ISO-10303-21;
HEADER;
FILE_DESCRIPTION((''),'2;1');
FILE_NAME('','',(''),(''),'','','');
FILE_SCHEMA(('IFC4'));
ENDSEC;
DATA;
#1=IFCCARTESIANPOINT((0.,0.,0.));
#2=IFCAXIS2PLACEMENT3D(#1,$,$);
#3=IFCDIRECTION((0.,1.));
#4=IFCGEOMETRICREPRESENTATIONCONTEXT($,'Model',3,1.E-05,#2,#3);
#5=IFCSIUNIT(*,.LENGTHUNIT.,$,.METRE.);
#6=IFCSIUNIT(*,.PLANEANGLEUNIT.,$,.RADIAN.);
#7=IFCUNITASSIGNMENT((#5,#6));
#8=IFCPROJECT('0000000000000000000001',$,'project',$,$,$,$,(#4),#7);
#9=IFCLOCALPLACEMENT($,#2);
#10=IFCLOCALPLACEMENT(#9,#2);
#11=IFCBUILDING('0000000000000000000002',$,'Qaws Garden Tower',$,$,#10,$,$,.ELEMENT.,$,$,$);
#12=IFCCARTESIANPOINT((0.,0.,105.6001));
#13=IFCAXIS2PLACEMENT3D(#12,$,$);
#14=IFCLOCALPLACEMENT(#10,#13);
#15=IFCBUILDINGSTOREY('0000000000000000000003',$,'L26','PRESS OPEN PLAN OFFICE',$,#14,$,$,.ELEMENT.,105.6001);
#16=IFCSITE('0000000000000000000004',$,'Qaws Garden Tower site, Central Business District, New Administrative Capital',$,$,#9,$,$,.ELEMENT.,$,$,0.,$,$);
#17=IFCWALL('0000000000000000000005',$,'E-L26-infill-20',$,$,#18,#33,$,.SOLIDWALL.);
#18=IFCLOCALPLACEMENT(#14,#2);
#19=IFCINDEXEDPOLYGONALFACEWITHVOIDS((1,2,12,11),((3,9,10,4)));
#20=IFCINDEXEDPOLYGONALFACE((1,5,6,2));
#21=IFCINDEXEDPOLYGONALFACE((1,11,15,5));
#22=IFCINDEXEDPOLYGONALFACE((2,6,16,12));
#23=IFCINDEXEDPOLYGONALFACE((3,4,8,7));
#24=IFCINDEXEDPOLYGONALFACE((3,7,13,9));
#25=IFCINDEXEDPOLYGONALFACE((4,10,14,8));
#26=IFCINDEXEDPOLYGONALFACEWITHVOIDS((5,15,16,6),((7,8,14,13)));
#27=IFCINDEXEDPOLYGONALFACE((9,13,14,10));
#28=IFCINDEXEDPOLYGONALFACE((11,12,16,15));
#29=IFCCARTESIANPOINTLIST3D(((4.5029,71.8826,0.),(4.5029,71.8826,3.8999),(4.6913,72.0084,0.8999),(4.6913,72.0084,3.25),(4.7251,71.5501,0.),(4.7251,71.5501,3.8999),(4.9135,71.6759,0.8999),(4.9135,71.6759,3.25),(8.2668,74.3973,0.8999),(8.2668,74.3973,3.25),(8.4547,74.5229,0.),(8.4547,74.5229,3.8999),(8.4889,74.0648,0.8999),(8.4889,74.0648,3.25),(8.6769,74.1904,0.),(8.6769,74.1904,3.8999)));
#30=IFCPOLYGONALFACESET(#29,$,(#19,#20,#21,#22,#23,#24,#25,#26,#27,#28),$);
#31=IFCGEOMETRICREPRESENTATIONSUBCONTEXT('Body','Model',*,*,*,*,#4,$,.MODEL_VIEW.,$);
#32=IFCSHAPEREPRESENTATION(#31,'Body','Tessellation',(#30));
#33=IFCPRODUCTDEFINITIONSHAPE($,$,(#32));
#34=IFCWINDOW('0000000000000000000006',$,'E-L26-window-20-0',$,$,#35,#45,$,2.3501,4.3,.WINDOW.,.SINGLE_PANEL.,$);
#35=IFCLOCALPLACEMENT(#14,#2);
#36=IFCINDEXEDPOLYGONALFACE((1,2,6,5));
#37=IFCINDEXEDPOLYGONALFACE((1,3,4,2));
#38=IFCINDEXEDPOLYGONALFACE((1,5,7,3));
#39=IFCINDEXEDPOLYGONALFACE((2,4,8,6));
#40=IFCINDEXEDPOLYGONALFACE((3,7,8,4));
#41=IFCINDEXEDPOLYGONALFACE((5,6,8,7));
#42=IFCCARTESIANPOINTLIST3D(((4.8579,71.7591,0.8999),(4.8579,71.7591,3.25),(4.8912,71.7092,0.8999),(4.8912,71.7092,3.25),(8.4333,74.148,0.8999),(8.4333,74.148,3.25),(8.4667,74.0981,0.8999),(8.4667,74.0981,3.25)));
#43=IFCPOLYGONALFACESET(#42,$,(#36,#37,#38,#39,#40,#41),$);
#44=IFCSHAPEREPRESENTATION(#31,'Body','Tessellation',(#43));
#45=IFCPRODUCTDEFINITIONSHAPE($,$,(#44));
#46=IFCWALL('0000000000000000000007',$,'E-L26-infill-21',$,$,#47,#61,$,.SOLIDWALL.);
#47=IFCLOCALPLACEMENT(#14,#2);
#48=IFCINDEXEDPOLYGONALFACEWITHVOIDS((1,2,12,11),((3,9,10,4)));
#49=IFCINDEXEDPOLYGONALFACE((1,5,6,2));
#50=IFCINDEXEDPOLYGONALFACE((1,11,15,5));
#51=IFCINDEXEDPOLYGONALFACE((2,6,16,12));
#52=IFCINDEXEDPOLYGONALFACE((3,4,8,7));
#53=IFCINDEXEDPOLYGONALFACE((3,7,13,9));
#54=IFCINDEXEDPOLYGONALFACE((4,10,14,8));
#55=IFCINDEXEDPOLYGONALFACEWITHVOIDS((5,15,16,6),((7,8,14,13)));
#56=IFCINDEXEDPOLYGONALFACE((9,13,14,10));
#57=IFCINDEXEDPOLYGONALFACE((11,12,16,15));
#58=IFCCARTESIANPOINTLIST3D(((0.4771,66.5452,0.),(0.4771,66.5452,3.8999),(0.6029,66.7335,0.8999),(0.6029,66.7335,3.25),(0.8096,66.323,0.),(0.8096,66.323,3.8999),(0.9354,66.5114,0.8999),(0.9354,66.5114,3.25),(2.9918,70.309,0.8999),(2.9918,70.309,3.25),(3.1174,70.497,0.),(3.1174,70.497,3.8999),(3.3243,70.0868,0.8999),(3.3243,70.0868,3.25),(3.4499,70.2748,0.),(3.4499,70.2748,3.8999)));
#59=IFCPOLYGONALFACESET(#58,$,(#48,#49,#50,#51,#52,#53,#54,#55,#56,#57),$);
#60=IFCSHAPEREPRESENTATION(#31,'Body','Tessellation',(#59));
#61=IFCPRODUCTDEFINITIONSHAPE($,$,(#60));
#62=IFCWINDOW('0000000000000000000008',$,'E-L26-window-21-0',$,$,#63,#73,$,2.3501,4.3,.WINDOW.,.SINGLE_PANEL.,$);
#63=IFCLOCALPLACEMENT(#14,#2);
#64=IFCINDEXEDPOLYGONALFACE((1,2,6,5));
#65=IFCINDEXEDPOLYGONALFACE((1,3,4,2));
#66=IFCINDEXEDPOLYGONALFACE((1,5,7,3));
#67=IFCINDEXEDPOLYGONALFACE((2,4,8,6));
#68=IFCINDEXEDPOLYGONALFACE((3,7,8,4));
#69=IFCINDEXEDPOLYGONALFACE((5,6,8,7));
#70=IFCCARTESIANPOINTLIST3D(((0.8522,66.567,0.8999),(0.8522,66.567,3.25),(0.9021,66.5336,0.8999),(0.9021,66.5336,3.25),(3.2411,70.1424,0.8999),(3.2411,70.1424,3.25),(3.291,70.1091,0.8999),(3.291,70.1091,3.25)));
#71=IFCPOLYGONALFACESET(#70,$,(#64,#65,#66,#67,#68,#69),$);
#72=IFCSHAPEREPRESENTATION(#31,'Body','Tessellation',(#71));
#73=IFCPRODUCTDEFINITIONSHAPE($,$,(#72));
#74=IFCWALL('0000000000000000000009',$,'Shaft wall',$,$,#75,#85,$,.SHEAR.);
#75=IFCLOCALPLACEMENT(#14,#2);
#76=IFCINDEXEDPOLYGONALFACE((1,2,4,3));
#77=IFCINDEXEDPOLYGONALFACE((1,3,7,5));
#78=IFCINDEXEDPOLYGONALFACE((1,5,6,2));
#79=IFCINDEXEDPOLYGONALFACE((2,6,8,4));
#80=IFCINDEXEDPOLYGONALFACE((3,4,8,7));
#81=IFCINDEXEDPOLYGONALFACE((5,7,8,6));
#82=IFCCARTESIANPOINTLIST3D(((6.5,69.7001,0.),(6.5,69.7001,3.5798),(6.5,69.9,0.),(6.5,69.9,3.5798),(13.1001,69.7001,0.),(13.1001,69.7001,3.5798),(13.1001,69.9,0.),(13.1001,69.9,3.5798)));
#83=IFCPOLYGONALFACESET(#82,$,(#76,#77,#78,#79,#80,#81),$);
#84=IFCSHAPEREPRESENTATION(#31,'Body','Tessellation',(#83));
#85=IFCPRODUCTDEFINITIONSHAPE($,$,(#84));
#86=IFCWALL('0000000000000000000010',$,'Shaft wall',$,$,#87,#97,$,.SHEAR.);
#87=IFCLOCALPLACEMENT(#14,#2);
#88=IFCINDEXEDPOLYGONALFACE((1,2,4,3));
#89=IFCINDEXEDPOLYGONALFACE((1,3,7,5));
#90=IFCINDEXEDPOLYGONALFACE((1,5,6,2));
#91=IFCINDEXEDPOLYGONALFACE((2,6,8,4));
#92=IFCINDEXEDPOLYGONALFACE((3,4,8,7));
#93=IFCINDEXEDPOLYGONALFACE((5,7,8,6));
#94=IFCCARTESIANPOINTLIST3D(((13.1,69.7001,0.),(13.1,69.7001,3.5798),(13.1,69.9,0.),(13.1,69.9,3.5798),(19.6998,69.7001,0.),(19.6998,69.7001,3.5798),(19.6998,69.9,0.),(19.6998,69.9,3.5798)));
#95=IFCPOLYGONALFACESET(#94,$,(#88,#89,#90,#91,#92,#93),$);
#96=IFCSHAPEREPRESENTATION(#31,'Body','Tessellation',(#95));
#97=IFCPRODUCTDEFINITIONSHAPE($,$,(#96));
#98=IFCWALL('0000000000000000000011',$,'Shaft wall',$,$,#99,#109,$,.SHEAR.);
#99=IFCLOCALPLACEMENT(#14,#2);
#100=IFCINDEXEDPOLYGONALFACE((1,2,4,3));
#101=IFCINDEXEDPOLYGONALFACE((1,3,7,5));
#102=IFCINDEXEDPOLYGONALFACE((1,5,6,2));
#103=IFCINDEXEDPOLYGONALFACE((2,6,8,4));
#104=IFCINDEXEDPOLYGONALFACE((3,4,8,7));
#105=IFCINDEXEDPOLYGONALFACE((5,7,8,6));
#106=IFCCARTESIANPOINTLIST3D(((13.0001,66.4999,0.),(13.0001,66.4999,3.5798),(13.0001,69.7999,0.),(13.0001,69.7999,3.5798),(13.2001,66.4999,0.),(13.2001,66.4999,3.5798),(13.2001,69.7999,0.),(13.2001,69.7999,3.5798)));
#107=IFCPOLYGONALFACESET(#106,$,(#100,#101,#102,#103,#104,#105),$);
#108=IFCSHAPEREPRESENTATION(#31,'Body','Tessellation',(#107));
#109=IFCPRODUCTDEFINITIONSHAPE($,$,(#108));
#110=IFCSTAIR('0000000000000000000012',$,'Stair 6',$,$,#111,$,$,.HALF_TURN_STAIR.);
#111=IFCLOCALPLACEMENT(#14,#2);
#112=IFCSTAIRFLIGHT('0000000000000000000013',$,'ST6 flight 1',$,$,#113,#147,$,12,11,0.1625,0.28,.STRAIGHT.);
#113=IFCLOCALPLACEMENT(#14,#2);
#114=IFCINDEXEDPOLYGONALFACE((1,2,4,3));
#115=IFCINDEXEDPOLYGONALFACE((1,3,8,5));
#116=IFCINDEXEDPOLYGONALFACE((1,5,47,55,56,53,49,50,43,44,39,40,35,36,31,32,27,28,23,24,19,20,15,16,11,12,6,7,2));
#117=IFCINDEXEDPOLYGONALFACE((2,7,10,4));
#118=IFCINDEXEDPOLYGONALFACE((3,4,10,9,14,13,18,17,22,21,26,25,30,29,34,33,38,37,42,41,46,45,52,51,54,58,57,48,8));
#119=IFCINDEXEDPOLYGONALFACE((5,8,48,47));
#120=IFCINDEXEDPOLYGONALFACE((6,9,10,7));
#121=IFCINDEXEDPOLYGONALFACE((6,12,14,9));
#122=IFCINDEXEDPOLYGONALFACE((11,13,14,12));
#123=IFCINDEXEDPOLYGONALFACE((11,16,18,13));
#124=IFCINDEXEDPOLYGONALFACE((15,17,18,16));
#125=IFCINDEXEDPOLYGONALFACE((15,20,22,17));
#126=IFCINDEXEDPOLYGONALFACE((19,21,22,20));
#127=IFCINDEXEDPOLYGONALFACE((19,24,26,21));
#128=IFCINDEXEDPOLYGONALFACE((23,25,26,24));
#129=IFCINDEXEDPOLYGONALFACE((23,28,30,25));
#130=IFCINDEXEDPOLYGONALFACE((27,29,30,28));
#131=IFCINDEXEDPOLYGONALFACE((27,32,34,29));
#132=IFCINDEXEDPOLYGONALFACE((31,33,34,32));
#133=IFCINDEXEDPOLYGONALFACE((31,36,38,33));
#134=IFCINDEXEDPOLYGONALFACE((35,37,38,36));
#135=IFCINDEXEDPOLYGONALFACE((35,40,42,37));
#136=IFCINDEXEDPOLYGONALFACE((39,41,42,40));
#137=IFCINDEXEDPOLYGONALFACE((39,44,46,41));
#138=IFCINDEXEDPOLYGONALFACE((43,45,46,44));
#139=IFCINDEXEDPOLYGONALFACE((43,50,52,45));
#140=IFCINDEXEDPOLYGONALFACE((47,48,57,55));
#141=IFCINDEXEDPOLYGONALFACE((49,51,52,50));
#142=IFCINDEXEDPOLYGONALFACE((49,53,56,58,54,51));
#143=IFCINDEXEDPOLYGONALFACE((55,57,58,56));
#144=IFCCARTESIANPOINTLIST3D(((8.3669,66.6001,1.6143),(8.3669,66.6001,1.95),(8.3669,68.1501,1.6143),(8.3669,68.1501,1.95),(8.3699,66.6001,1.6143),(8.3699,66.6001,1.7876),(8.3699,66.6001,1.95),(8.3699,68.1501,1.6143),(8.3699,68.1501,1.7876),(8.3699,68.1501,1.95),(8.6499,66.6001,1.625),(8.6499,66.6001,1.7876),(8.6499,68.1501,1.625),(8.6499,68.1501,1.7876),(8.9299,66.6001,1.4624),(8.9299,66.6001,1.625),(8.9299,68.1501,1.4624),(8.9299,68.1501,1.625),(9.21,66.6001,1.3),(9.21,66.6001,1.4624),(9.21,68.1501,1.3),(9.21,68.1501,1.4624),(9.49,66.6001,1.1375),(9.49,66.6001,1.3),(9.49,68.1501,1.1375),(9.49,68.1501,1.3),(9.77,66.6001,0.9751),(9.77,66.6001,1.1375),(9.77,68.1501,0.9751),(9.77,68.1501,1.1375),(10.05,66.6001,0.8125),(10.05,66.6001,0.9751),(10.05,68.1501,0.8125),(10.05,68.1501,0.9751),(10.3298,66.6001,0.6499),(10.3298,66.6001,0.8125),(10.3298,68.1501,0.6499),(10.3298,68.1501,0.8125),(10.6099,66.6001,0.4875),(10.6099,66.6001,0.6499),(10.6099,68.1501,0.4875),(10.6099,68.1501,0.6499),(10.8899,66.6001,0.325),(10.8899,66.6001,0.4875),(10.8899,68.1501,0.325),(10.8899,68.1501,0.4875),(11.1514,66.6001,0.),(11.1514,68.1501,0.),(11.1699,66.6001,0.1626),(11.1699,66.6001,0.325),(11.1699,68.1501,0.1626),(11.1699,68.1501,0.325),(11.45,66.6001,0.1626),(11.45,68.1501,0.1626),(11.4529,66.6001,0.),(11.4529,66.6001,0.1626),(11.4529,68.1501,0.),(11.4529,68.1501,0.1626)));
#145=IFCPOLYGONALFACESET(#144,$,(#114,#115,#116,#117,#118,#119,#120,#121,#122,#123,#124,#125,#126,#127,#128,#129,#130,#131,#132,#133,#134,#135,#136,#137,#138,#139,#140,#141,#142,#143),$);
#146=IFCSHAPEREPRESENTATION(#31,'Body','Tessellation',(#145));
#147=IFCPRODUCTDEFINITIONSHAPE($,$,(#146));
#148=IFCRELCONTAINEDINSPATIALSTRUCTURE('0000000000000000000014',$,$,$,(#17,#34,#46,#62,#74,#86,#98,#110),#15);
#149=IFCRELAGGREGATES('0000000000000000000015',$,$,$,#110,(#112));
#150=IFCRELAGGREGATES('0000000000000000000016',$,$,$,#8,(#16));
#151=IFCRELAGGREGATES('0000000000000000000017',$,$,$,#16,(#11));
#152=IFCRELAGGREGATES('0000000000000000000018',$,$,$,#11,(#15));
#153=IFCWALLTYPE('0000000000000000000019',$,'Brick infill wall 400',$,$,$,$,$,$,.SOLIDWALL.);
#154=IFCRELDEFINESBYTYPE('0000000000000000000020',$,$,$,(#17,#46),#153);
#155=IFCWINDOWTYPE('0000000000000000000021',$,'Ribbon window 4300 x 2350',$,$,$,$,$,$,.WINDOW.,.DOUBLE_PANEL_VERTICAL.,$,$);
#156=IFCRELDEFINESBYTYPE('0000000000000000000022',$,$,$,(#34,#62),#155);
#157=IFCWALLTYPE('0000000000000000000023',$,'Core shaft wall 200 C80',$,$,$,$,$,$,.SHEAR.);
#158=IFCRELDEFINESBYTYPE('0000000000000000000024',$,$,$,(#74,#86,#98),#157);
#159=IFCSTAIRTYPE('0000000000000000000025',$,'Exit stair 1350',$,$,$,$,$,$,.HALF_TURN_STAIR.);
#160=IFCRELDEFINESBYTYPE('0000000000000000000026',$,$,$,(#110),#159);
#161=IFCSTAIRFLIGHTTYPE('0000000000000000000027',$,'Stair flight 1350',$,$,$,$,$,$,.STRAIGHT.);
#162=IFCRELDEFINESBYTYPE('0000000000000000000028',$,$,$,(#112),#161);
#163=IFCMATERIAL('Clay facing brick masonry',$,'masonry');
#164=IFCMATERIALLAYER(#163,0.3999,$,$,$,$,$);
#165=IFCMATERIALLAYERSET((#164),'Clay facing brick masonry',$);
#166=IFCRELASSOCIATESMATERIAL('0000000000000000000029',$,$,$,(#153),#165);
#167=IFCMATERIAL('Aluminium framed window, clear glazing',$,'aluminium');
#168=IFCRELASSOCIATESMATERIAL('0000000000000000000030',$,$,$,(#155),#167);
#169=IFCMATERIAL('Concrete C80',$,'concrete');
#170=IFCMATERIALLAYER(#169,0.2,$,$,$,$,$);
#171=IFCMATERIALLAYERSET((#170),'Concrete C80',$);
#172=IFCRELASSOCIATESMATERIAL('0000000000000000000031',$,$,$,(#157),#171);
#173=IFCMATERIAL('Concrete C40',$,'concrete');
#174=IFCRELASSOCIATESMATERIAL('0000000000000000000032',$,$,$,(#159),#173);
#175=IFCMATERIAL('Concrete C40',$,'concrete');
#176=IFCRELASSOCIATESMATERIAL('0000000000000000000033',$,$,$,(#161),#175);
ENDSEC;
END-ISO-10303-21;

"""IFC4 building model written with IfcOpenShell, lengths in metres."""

from ifc_helpers import new_model, si_unit, direction, frame, frame_2d, origin, place, context, subcontext, project, spatial, polyline, rectangle, outline, extrude, material, layer, layer_set, type_object, element, fill, aggregate, save


model = new_model("IFC4")

# Units and contexts
model_context = context("Model", 3, precision=1e-05, world=origin(), true_north=direction((0.0, 1.0)))
body_context = subcontext(model_context, "Body", "Model", "MODEL_VIEW")
ifc_project = project(units=[si_unit("LENGTHUNIT", "METRE"), si_unit("PLANEANGLEUNIT", "RADIAN")], contexts=[model_context])

# Site, building, storey
site_placement = place(None, origin())
site = spatial("IfcSite", under=ifc_project, at=site_placement, Name="Qaws Garden Tower site, Central Business District, New Administrative Capital", CompositionType="ELEMENT", RefElevation=0.0)
building_placement = place(site_placement, origin())
building = spatial("IfcBuilding", under=site, at=building_placement, Name="Qaws Garden Tower", CompositionType="ELEMENT")
storey_placement = place(building_placement, frame((0.0, 0.0, 105.6001)))
storey = spatial("IfcBuildingStorey", under=building, at=storey_placement, Name="L26", Description="PRESS OPEN PLAN OFFICE", CompositionType="ELEMENT", Elevation=105.6001)

# Walls, openings, windows
ifc_material_1 = material(Name="Clay facing brick masonry", Category="masonry")
ifc_layer_1 = layer(ifc_material_1, 0.3999)
ifc_layer_set_1 = layer_set([ifc_layer_1], Name="Clay facing brick masonry")
wall_type_1 = type_object("IfcWallType", Name="Brick infill wall 400", PredefinedType="SOLIDWALL", material=ifc_layer_set_1)
ifc_material_2 = material(Name="Aluminium framed window, clear glazing", Category="aluminium")
window_type = type_object("IfcWindowType", Name="Ribbon window 4300 x 2350", PartitioningType="DOUBLE_PANEL_VERTICAL", PredefinedType="WINDOW", material=ifc_material_2)
wall_1_placement = place(storey_placement, frame((8.5659, 74.3567, 0.0), z_axis=(0.0, 0.0, 1.0), x_axis=(-0.831489, -0.555542, 0.0)))
wall_1 = element("IfcWall", 1, at=wall_1_placement, inside=storey, type_object=wall_type_1, Name="E-L26-infill-20", PredefinedType="SOLIDWALL", context=body_context, shape_type="SweptSolid", body=[
    extrude(rectangle(XDim=4.7527, YDim=0.3999, at=frame_2d((2.3765, 0.0))), origin(), (0.0, 0.0, 1.0), 3.8999),
])
opening_1_placement = place(wall_1_placement, frame((0.2263, 0.0, 0.8999)))
opening_1 = element("IfcOpeningElement", 2, at=opening_1_placement, cuts=wall_1, PredefinedType="OPENING", context=body_context, shape_type="SweptSolid", body=[
    extrude(rectangle(XDim=4.3, YDim=2.3501, at=frame_2d((2.1499, 1.175))), frame((0.0, 0.21, 0.0), z_axis=(0.0, -1.0, 0.0), x_axis=(1.0, 0.0, 0.0)), (0.0, 0.0, 1.0), 0.4199),
])
window_1_placement = place(opening_1_placement, origin())
window_1 = element("IfcWindow", 3, at=window_1_placement, inside=storey, type_object=window_type, Name="E-L26-window-20-0", OverallHeight=2.3501, OverallWidth=4.3, PartitioningType="SINGLE_PANEL", PredefinedType="WINDOW", context=body_context, shape_type="SweptSolid", body=[
    extrude(rectangle(XDim=4.3, YDim=2.3501, at=frame_2d((2.1499, 1.175))), frame((0.0, 0.1599, 0.0), z_axis=(0.0, -1.0, 0.0), x_axis=(1.0, 0.0, 0.0)), (0.0, 0.0, 1.0), 0.0601),
])
fill(opening_1, window_1)
wall_2_placement = place(storey_placement, frame((3.2837, 70.386, 0.0), z_axis=(0.0, 0.0, 1.0), x_axis=(-0.555542, -0.831489, 0.0)))
wall_2 = element("IfcWall", 4, at=wall_2_placement, inside=storey, type_object=wall_type_1, Name="E-L26-infill-21", PredefinedType="SOLIDWALL", context=body_context, shape_type="SweptSolid", body=[
    extrude(rectangle(XDim=4.7527, YDim=0.3999, at=frame_2d((2.3765, 0.0))), origin(), (0.0, 0.0, 1.0), 3.8999),
])
opening_2_placement = place(wall_2_placement, frame((0.2263, 0.0, 0.8999)))
opening_2 = element("IfcOpeningElement", 5, at=opening_2_placement, cuts=wall_2, PredefinedType="OPENING", context=body_context, shape_type="SweptSolid", body=[
    extrude(rectangle(XDim=4.3, YDim=2.3501, at=frame_2d((2.1499, 1.175))), frame((0.0, 0.21, 0.0), z_axis=(0.0, -1.0, 0.0), x_axis=(1.0, 0.0, 0.0)), (0.0, 0.0, 1.0), 0.4199),
])
window_2_placement = place(opening_2_placement, origin())
window_2 = element("IfcWindow", 6, at=window_2_placement, inside=storey, type_object=window_type, Name="E-L26-window-21-0", OverallHeight=2.3501, OverallWidth=4.3, PartitioningType="SINGLE_PANEL", PredefinedType="WINDOW", context=body_context, shape_type="SweptSolid", body=[
    extrude(rectangle(XDim=4.3, YDim=2.3501, at=frame_2d((2.1499, 1.175))), frame((0.0, 0.1599, 0.0), z_axis=(0.0, -1.0, 0.0), x_axis=(1.0, 0.0, 0.0)), (0.0, 0.0, 1.0), 0.0601),
])
fill(opening_2, window_2)

# Walls
ifc_material_3 = material(Name="Concrete C80", Category="concrete")
ifc_layer_2 = layer(ifc_material_3, 0.2)
ifc_layer_set_2 = layer_set([ifc_layer_2], Name="Concrete C80")
wall_type_2 = type_object("IfcWallType", Name="Core shaft wall 200 C80", PredefinedType="SHEAR", material=ifc_layer_set_2)
wall_3_placement = place(storey_placement, frame((6.5, 69.8, 0.0), z_axis=(0.0, 0.0, 1.0), x_axis=(1.0, 0.0, 0.0)))
element("IfcWall", 7, at=wall_3_placement, inside=storey, type_object=wall_type_2, Name="Shaft wall", PredefinedType="SHEAR", context=body_context, shape_type="SweptSolid", body=[
    extrude(rectangle(XDim=6.6001, YDim=0.2, at=frame_2d((3.3, 0.0))), origin(), (0.0, 0.0, 1.0), 3.5798),
])
wall_4_placement = place(storey_placement, frame((13.1001, 69.8, 0.0), z_axis=(0.0, 0.0, 1.0), x_axis=(1.0, 0.0, 0.0)))
element("IfcWall", 8, at=wall_4_placement, inside=storey, type_object=wall_type_2, Name="Shaft wall", PredefinedType="SHEAR", context=body_context, shape_type="SweptSolid", body=[
    extrude(rectangle(XDim=6.5999, YDim=0.2, at=frame_2d((3.2998, 0.0))), origin(), (0.0, 0.0, 1.0), 3.5798),
])
wall_5_placement = place(storey_placement, frame((13.1001, 66.5, 0.0), z_axis=(0.0, 0.0, 1.0), x_axis=(0.0, 1.0, 0.0)))
element("IfcWall", 9, at=wall_5_placement, inside=storey, type_object=wall_type_2, Name="Shaft wall", PredefinedType="SHEAR", context=body_context, shape_type="SweptSolid", body=[
    extrude(rectangle(XDim=3.3, YDim=0.2, at=frame_2d((1.6499, 0.0))), origin(), (0.0, 0.0, 1.0), 3.5798),
])

# Stair, stair flight
ifc_material_4 = material(Name="Concrete C40", Category="concrete")
stair_type = type_object("IfcStairType", Name="Exit stair 1350", PredefinedType="HALF_TURN_STAIR", material=ifc_material_4)
placement = place(storey_placement, origin())
stair_1 = element("IfcStair", 10, at=placement, inside=storey, type_object=stair_type, Name="Stair 6", PredefinedType="HALF_TURN_STAIR")
ifc_material_5 = material(Name="Concrete C40", Category="concrete")
stair_flight_type = type_object("IfcStairFlightType", Name="Stair flight 1350", PredefinedType="STRAIGHT", material=ifc_material_5)
stair_flight_1_placement = place(storey_placement, frame((11.45, 67.375, 0.0), z_axis=(0.0, 0.0, 1.0), x_axis=(-1.0, 0.0, 0.0)))
stair_flight_1 = element("IfcStairFlight", 11, at=stair_flight_1_placement, type_object=stair_flight_type, Name="ST6 flight 1", NumberOfRisers=12, NumberOfTreads=11, PredefinedType="STRAIGHT", RiserHeight=0.1625, TreadLength=0.28, context=body_context, shape_type="SweptSolid", body=[
    extrude(outline(polyline([(-0.0029, 0.0), (-0.0029, 0.1626), (0.0, 0.1626), (0.28, 0.1626), (0.28, 0.325), (0.5601, 0.325), (0.5601, 0.4875), (0.8401, 0.4875), (0.8401, 0.6499), (1.1201, 0.6499), (1.1201, 0.8125), (1.3999, 0.8125), (1.3999, 0.9751), (1.6799, 0.9751), (1.6799, 1.1375), (1.96, 1.1375), (1.96, 1.3), (2.24, 1.3), (2.24, 1.4624), (2.52, 1.4624), (2.52, 1.625), (2.8, 1.625), (2.8, 1.7876), (3.0801, 1.7876), (3.0801, 1.95), (3.083, 1.95), (3.083, 1.6143), (3.0801, 1.6143), (0.2986, 0.0), (-0.0029, 0.0)])), frame((0.0, 0.7749, 0.0), z_axis=(0.0, -1.0, 0.0), x_axis=(1.0, 0.0, 0.0)), (0.0, 0.0, 1.0), 1.55),
])
aggregate(stair_1, [stair_flight_1])

save(model, "model.ifc")
